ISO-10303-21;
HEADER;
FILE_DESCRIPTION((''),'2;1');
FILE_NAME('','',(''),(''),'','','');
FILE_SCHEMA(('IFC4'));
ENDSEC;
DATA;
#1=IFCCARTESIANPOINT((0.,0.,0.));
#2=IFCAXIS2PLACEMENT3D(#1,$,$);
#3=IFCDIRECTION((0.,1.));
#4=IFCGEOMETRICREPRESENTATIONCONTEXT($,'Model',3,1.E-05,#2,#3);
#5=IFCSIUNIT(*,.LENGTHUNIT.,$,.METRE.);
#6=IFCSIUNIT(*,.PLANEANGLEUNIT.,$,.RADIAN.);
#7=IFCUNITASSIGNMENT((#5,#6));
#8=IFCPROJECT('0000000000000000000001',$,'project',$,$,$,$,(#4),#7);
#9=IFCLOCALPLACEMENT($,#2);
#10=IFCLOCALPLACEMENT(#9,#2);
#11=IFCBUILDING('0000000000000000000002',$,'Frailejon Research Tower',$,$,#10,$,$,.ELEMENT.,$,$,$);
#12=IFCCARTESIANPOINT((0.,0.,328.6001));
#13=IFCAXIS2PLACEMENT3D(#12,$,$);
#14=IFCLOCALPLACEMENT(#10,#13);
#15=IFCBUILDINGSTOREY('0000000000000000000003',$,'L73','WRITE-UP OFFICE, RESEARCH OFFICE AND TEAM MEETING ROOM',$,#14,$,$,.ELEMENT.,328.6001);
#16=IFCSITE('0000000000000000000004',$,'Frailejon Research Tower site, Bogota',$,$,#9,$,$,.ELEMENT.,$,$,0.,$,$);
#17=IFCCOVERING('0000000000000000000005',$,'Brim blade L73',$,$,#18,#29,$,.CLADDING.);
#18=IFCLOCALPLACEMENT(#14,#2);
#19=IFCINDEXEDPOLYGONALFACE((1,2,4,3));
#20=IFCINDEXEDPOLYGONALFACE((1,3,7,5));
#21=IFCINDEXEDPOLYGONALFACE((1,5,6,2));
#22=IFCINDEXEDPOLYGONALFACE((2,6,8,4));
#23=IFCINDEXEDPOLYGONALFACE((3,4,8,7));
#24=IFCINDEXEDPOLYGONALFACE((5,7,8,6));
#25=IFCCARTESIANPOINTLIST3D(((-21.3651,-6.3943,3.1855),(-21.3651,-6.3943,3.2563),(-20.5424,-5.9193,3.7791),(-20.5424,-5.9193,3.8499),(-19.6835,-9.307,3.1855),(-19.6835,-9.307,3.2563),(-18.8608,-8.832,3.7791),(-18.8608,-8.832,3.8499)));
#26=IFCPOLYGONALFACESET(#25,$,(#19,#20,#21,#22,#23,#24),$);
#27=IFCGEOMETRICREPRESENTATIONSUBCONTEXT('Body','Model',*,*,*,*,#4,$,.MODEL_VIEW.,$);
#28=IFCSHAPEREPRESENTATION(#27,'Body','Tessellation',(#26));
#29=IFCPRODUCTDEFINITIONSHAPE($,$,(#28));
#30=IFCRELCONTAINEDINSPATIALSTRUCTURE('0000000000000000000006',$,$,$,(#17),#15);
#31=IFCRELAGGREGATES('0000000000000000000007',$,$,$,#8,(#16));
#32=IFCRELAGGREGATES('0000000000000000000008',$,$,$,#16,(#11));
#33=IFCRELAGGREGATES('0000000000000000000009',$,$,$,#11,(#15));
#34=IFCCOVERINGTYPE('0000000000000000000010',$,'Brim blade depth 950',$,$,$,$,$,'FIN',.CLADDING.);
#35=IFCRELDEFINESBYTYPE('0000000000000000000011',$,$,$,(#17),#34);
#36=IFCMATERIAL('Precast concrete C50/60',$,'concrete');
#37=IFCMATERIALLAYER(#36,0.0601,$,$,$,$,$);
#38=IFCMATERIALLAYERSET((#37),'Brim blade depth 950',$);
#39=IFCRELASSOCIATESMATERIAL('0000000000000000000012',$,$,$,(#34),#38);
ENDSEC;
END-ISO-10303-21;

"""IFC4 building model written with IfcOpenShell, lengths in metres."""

from ifc_helpers import new_model, si_unit, direction, frame, origin, place, context, subcontext, project, spatial, polyline, outline, extrude, material, layer, layer_set, type_object, element, save


model = new_model("IFC4")

# Units and contexts
model_context = context("Model", 3, precision=1e-05, world=origin(), true_north=direction((0.0, 1.0)))
body_context = subcontext(model_context, "Body", "Model", "MODEL_VIEW")
ifc_project = project(units=[si_unit("LENGTHUNIT", "METRE"), si_unit("PLANEANGLEUNIT", "RADIAN")], contexts=[model_context])

# Site, building, storey
site_placement = place(None, origin())
site = spatial("IfcSite", under=ifc_project, at=site_placement, Name="Frailejon Research Tower site, Bogota", CompositionType="ELEMENT", RefElevation=0.0)
building_placement = place(site_placement, origin())
building = spatial("IfcBuilding", under=site, at=building_placement, Name="Frailejon Research Tower", CompositionType="ELEMENT")
storey_placement = place(building_placement, frame((0.0, 0.0, 328.6001)))
storey = spatial("IfcBuildingStorey", under=building, at=storey_placement, Name="L73", Description="WRITE-UP OFFICE, RESEARCH OFFICE AND TEAM MEETING ROOM", CompositionType="ELEMENT", Elevation=328.6001)

# Covering
ifc_material_1 = material(Name="Precast concrete C50/60", Category="concrete")
ifc_layer_1 = layer(ifc_material_1, 0.0601)
ifc_layer_set_1 = layer_set([ifc_layer_1], Name="Brim blade depth 950")
covering_type_1 = type_object("IfcCoveringType", Name="Brim blade depth 950", ElementType="FIN", PredefinedType="CLADDING", material=ifc_layer_set_1)
covering_1_placement = place(storey_placement, frame((-18.8608, -8.832, 3.8499), z_axis=(-0.49999, 0.866031, 0.0), x_axis=(-0.866031, -0.49999, 0.0)))
element("IfcCovering", 1, at=covering_1_placement, inside=storey, type_object=covering_type_1, Name="Brim blade L73", PredefinedType="CLADDING", context=body_context, shape_type="SweptSolid", body=[
    extrude(outline(polyline([(0.0, -0.0708), (0.95, -0.6643), (0.95, -0.5935), (0.0, 0.0), (0.0, -0.0708)])), origin(), (0.0, 0.0, 1.0), 3.3633),
])

save(model, "model.ifc")
